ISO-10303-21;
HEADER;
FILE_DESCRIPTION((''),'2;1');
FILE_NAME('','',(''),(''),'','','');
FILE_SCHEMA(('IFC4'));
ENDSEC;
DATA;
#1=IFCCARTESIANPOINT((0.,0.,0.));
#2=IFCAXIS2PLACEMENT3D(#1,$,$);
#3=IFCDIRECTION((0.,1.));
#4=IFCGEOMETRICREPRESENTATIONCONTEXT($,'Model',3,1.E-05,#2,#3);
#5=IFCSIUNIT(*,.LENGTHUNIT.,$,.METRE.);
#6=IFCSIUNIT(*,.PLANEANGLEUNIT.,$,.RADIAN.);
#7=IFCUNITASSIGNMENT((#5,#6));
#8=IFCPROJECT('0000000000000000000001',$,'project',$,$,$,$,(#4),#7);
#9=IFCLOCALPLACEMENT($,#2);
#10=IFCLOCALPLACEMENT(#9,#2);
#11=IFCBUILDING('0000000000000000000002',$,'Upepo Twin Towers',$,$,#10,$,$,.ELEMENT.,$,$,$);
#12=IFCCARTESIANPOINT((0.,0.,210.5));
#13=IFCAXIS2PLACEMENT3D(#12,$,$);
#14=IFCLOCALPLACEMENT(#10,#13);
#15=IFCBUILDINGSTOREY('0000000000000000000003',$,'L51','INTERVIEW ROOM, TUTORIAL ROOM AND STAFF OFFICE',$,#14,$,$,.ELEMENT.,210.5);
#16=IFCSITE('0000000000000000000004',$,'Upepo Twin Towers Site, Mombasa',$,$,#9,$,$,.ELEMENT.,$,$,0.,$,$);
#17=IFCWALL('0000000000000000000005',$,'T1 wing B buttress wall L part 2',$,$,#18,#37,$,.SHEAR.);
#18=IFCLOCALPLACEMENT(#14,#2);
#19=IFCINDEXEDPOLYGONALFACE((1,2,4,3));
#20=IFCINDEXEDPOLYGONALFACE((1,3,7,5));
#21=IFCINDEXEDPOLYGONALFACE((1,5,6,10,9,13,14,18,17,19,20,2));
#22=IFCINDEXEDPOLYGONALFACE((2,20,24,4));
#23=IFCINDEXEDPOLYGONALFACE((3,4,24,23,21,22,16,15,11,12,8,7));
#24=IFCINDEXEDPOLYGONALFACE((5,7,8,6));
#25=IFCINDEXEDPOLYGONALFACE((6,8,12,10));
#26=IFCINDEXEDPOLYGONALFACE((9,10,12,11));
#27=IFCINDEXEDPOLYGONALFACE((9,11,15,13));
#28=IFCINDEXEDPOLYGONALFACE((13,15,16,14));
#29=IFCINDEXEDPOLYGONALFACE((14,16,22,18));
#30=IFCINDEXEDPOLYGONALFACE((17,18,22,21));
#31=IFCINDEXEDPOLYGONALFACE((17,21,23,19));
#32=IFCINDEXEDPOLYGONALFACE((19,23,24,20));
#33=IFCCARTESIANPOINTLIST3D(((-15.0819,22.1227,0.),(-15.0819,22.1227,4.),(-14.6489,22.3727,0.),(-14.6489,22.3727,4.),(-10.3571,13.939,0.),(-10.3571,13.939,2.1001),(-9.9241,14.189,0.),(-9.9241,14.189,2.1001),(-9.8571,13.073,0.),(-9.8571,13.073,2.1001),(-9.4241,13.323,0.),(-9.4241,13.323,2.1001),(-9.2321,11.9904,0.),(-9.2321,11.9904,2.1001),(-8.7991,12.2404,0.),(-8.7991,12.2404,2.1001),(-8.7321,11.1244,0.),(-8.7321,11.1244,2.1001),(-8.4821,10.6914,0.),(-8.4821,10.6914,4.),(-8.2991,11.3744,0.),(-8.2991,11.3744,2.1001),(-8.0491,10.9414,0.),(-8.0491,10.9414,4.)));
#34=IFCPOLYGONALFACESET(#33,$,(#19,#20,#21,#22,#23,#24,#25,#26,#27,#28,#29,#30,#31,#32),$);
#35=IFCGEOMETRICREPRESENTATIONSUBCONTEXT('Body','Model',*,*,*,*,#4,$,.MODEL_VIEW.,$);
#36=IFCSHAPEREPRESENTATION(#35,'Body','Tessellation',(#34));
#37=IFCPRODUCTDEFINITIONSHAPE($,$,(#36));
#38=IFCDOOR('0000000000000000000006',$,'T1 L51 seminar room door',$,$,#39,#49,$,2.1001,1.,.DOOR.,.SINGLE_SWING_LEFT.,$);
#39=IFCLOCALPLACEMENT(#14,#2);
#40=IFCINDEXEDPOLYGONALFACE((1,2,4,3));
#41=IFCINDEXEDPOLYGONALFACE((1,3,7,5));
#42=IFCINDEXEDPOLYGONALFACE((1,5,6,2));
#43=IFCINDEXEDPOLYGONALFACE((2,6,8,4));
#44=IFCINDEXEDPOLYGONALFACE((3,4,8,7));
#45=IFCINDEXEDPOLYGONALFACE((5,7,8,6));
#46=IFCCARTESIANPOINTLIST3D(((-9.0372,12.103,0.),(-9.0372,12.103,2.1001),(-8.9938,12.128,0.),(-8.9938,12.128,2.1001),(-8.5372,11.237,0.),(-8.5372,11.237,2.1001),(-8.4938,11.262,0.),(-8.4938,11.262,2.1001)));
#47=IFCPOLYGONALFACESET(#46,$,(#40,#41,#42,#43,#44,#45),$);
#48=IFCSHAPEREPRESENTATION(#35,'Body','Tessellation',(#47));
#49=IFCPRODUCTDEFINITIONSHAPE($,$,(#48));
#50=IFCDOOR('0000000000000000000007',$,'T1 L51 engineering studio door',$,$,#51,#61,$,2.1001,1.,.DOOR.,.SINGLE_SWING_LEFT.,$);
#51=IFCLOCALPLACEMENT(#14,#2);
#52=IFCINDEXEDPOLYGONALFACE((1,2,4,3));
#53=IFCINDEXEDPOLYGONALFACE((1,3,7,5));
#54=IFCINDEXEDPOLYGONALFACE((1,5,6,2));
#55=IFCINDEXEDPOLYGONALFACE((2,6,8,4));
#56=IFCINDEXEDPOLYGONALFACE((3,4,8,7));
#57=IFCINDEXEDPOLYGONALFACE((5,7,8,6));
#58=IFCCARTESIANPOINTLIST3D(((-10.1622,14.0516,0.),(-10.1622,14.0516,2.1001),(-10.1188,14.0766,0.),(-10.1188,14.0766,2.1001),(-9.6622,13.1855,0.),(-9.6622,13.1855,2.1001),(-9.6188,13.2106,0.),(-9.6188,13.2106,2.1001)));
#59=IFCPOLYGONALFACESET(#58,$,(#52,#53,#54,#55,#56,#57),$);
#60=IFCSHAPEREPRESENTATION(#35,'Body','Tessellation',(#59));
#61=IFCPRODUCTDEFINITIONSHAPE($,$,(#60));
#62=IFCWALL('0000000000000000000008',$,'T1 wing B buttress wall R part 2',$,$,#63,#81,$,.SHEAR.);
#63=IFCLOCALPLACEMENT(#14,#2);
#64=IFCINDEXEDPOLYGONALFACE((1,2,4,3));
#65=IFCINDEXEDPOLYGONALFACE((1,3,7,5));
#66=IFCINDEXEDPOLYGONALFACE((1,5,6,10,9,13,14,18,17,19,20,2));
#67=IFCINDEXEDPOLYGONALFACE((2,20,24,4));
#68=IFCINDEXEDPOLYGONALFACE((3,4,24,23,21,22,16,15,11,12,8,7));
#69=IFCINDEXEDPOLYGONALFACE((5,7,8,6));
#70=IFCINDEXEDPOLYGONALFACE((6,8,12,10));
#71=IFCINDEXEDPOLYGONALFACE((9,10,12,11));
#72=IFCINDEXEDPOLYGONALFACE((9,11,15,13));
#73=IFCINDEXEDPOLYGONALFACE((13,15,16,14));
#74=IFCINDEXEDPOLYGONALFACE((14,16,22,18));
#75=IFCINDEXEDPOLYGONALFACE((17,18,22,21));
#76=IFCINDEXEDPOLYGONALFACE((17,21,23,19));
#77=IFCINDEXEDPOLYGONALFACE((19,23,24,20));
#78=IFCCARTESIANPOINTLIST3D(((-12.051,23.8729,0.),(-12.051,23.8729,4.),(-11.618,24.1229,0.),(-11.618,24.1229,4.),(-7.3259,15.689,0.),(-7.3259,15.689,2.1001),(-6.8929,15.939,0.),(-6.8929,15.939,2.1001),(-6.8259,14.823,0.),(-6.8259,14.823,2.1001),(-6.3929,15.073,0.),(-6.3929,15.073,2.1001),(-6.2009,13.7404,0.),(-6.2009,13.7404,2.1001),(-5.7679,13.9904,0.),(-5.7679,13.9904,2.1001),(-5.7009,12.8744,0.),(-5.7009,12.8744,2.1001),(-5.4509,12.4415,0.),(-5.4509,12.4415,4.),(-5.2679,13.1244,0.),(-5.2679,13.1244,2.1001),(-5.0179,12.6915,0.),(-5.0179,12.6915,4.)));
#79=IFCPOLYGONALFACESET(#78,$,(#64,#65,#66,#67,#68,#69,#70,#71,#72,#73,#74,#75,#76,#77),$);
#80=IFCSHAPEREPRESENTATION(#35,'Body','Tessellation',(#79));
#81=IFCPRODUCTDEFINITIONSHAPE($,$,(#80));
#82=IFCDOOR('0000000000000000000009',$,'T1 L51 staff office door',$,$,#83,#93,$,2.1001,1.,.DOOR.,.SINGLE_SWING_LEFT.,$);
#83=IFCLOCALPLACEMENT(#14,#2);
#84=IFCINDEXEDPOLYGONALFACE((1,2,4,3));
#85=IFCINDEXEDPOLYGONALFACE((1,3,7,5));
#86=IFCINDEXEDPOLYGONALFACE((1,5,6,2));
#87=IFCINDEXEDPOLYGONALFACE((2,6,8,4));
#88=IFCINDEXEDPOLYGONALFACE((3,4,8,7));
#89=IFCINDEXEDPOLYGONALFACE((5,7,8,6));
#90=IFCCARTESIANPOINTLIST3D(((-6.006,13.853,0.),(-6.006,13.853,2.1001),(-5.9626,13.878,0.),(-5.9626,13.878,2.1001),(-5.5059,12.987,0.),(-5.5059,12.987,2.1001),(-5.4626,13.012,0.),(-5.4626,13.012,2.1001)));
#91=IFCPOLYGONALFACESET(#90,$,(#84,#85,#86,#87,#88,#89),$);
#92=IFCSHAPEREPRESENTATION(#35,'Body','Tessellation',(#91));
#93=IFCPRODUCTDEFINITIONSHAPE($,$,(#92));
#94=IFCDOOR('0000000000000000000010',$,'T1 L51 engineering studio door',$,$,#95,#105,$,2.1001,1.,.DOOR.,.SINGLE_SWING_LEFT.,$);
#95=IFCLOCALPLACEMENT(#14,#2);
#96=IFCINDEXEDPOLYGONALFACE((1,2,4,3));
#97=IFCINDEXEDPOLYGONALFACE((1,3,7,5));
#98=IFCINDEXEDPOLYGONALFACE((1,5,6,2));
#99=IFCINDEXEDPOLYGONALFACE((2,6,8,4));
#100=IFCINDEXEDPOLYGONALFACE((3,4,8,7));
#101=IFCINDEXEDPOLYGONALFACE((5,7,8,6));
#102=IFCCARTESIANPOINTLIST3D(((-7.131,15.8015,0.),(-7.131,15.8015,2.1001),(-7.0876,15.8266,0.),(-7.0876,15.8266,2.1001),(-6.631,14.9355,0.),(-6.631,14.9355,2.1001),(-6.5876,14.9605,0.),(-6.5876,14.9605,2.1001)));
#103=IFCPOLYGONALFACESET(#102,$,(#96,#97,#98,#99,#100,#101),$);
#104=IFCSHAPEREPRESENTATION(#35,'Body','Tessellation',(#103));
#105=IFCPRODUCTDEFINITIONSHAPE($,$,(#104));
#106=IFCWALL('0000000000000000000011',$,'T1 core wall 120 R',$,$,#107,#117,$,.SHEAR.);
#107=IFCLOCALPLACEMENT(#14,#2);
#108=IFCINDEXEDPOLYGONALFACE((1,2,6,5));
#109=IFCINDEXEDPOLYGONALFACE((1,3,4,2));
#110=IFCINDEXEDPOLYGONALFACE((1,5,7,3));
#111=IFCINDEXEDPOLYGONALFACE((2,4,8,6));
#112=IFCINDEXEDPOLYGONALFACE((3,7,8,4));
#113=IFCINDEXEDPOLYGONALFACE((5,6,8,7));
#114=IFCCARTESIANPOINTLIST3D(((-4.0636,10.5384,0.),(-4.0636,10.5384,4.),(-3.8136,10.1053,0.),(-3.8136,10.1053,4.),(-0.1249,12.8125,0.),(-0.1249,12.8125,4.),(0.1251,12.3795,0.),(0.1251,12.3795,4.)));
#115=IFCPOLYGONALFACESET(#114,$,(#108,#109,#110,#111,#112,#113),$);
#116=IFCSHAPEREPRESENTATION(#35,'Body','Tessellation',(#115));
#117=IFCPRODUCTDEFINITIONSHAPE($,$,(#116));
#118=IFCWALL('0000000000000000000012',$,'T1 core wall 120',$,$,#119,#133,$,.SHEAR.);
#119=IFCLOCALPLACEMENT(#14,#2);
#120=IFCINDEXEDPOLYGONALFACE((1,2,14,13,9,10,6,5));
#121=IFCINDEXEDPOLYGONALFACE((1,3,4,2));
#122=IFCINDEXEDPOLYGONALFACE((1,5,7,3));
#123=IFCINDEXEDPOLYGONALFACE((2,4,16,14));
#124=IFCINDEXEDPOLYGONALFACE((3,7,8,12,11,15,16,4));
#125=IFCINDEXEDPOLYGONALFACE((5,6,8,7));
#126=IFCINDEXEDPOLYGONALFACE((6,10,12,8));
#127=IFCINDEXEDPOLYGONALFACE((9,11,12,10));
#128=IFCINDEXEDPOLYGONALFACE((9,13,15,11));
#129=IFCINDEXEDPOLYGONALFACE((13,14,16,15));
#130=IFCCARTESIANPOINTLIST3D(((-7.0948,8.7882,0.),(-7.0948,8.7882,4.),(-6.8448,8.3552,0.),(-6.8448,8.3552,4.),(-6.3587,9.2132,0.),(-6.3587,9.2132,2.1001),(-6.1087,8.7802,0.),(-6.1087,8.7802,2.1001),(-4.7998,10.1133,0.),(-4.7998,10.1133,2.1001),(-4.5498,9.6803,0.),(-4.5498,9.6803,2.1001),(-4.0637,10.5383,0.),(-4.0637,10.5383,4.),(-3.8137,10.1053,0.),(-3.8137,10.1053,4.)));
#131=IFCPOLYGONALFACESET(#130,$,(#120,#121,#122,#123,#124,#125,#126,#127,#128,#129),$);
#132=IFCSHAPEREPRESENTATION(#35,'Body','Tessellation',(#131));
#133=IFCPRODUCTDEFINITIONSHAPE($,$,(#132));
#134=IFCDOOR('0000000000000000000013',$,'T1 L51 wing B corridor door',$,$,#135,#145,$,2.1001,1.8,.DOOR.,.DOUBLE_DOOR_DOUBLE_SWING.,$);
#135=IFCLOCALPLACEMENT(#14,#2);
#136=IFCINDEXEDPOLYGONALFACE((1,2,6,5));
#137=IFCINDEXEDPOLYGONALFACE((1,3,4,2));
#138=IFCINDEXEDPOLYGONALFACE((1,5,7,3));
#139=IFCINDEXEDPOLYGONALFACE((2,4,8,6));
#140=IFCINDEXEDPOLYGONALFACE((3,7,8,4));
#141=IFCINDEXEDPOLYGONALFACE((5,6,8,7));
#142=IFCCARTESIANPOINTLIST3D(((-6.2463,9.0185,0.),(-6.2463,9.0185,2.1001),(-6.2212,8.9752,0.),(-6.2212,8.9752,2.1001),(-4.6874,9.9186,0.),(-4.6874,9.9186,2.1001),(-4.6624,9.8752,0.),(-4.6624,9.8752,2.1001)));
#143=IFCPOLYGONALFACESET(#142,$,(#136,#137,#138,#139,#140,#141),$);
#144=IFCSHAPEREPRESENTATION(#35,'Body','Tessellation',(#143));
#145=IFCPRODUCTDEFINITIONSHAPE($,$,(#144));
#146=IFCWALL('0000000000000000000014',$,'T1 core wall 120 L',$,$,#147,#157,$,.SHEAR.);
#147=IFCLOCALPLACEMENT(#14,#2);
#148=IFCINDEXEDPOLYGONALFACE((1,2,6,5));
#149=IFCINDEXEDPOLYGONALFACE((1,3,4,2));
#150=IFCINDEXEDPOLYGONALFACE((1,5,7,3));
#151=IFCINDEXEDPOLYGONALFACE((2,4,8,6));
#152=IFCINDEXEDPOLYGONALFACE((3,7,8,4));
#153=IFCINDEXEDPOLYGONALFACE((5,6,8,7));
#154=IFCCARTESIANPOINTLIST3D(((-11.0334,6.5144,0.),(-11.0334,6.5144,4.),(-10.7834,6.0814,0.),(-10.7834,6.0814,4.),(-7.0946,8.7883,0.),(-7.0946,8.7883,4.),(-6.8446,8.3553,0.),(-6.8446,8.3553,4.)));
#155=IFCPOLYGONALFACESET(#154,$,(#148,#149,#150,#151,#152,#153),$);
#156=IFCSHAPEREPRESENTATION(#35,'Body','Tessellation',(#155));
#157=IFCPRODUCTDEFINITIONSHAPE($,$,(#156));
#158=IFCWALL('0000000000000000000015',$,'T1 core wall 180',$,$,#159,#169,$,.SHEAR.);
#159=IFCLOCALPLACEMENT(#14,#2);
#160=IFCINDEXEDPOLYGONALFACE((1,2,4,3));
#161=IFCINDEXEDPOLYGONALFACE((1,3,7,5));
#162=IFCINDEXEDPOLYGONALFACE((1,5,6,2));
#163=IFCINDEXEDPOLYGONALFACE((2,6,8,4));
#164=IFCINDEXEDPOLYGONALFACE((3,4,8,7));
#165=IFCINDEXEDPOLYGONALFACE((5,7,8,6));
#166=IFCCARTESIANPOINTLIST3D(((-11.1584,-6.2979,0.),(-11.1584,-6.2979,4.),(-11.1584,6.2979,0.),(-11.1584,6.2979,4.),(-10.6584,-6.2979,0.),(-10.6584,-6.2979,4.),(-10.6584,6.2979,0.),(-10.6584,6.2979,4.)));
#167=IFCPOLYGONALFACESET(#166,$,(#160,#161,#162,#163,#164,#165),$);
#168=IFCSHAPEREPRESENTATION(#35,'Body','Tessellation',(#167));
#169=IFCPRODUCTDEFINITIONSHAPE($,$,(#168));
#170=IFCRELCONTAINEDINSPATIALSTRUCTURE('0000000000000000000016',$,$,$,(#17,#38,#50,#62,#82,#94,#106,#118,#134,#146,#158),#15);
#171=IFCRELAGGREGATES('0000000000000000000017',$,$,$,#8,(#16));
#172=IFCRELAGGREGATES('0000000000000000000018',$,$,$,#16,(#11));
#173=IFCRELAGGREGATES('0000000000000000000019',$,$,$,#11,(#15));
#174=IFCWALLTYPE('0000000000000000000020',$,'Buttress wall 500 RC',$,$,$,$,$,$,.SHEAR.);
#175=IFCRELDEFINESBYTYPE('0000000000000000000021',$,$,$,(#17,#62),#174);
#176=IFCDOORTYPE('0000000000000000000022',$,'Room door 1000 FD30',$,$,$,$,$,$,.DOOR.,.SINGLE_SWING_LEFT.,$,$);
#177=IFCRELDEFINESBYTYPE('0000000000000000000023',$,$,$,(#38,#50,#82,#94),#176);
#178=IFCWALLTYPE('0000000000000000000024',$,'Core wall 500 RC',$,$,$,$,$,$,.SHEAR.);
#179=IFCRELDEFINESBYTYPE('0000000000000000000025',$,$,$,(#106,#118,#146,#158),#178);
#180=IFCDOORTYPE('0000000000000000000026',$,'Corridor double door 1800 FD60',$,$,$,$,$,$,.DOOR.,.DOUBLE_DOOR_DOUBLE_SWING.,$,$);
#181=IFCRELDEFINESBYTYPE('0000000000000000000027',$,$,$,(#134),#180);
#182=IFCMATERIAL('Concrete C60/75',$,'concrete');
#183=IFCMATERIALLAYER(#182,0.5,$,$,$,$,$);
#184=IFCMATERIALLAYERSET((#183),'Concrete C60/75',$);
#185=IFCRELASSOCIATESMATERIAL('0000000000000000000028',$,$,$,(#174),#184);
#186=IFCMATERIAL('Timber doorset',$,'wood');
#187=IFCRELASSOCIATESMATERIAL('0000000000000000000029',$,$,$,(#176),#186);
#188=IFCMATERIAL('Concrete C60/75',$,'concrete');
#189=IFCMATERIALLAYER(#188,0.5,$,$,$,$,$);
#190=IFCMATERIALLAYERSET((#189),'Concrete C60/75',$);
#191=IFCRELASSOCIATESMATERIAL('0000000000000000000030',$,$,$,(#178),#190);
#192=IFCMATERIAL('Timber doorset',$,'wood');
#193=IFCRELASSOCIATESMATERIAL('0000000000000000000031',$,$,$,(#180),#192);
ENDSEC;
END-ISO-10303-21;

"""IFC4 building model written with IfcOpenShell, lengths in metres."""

from ifc_helpers import new_model, si_unit, direction, frame, frame_2d, origin, place, context, subcontext, project, spatial, rectangle, extrude, material, layer, layer_set, type_object, element, fill, save


model = new_model("IFC4")

# Units and contexts
model_context = context("Model", 3, precision=1e-05, world=origin(), true_north=direction((0.0, 1.0)))
body_context = subcontext(model_context, "Body", "Model", "MODEL_VIEW")
ifc_project = project(units=[si_unit("LENGTHUNIT", "METRE"), si_unit("PLANEANGLEUNIT", "RADIAN")], contexts=[model_context])

# Site, building, storey
site_placement = place(None, origin())
site = spatial("IfcSite", under=ifc_project, at=site_placement, Name="Upepo Twin Towers Site, Mombasa", CompositionType="ELEMENT", RefElevation=0.0)
building_placement = place(site_placement, origin())
building = spatial("IfcBuilding", under=site, at=building_placement, Name="Upepo Twin Towers", CompositionType="ELEMENT")
storey_placement = place(building_placement, frame((0.0, 0.0, 210.5)))
storey = spatial("IfcBuildingStorey", under=building, at=storey_placement, Name="L51", Description="INTERVIEW ROOM, TUTORIAL ROOM AND STAFF OFFICE", CompositionType="ELEMENT", Elevation=210.5)

# Walls, openings, doors
ifc_material_1 = material(Name="Concrete C60/75", Category="concrete")
ifc_layer_1 = layer(ifc_material_1, 0.5)
ifc_layer_set_1 = layer_set([ifc_layer_1], Name="Concrete C60/75")
wall_type_1 = type_object("IfcWallType", Name="Buttress wall 500 RC", PredefinedType="SHEAR", material=ifc_layer_set_1)
wall_1_placement = place(storey_placement, frame((-8.2656, 10.8164, 0.0), z_axis=(0.0, 0.0, 1.0), x_axis=(-0.499996, 0.866028, 0.0)))
wall_1 = element("IfcWall", 1, at=wall_1_placement, inside=storey, type_object=wall_type_1, Name="T1 wing B buttress wall L part 2", PredefinedType="SHEAR", context=body_context, shape_type="SweptSolid", body=[
    extrude(rectangle(XDim=13.1997, YDim=0.5, at=frame_2d((6.5999, 0.0))), origin(), (0.0, 0.0, 1.0), 4.0),
])
opening_1_placement = place(wall_1_placement, frame((0.5, 0.0, 0.0)))
opening_1 = element("IfcOpeningElement", 2, at=opening_1_placement, cuts=wall_1, PredefinedType="OPENING", context=body_context, shape_type="SweptSolid", body=[
    extrude(rectangle(XDim=1.0, YDim=2.1001, at=frame_2d((0.5, 1.05))), frame((0.0, 0.26, 0.0), z_axis=(0.0, -1.0, 0.0), x_axis=(1.0, 0.0, 0.0)), (0.0, 0.0, 1.0), 0.52),
])
opening_2_placement = place(wall_1_placement, frame((2.75, 0.0, 0.0)))
opening_2 = element("IfcOpeningElement", 3, at=opening_2_placement, cuts=wall_1, PredefinedType="OPENING", context=body_context, shape_type="SweptSolid", body=[
    extrude(rectangle(XDim=1.0, YDim=2.1001, at=frame_2d((0.5, 1.05))), frame((0.0, 0.26, 0.0), z_axis=(0.0, -1.0, 0.0), x_axis=(1.0, 0.0, 0.0)), (0.0, 0.0, 1.0), 0.52),
])
ifc_material_2 = material(Name="Timber doorset", Category="wood")
door_type_1 = type_object("IfcDoorType", Name="Room door 1000 FD30", OperationType="SINGLE_SWING_LEFT", PredefinedType="DOOR", material=ifc_material_2)
door_1_placement = place(opening_1_placement, origin())
door_1 = element("IfcDoor", 4, at=door_1_placement, inside=storey, type_object=door_type_1, Name="T1 L51 seminar room door", OperationType="SINGLE_SWING_LEFT", OverallHeight=2.1001, OverallWidth=1.0, PredefinedType="DOOR", context=body_context, shape_type="SweptSolid", body=[
    extrude(rectangle(XDim=1.0, YDim=2.1001, at=frame_2d((0.5, 1.05))), frame((0.0, 0.0249, 0.0), z_axis=(0.0, -1.0, 0.0), x_axis=(1.0, 0.0, 0.0)), (0.0, 0.0, 1.0), 0.05),
])
fill(opening_1, door_1)
door_2_placement = place(opening_2_placement, origin())
door_2 = element("IfcDoor", 5, at=door_2_placement, inside=storey, type_object=door_type_1, Name="T1 L51 engineering studio door", OperationType="SINGLE_SWING_LEFT", OverallHeight=2.1001, OverallWidth=1.0, PredefinedType="DOOR", context=body_context, shape_type="SweptSolid", body=[
    extrude(rectangle(XDim=1.0, YDim=2.1001, at=frame_2d((0.5, 1.05))), frame((0.0, 0.0249, 0.0), z_axis=(0.0, -1.0, 0.0), x_axis=(1.0, 0.0, 0.0)), (0.0, 0.0, 1.0), 0.05),
])
fill(opening_2, door_2)
wall_2_placement = place(storey_placement, frame((-5.2344, 12.5664, 0.0), z_axis=(0.0, 0.0, 1.0), x_axis=(-0.50001, 0.86602, 0.0)))
wall_2 = element("IfcWall", 6, at=wall_2_placement, inside=storey, type_object=wall_type_1, Name="T1 wing B buttress wall R part 2", PredefinedType="SHEAR", context=body_context, shape_type="SweptSolid", body=[
    extrude(rectangle(XDim=13.2, YDim=0.5, at=frame_2d((6.6001, 0.0))), origin(), (0.0, 0.0, 1.0), 4.0),
])
opening_3_placement = place(wall_2_placement, frame((0.5, 0.0, 0.0)))
opening_3 = element("IfcOpeningElement", 7, at=opening_3_placement, cuts=wall_2, PredefinedType="OPENING", context=body_context, shape_type="SweptSolid", body=[
    extrude(rectangle(XDim=1.0, YDim=2.1001, at=frame_2d((0.5, 1.05))), frame((0.0, 0.26, 0.0), z_axis=(0.0, -1.0, 0.0), x_axis=(1.0, 0.0, 0.0)), (0.0, 0.0, 1.0), 0.52),
])
opening_4_placement = place(wall_2_placement, frame((2.75, 0.0, 0.0)))
opening_4 = element("IfcOpeningElement", 8, at=opening_4_placement, cuts=wall_2, PredefinedType="OPENING", context=body_context, shape_type="SweptSolid", body=[
    extrude(rectangle(XDim=1.0, YDim=2.1001, at=frame_2d((0.5, 1.05))), frame((0.0, 0.26, 0.0), z_axis=(0.0, -1.0, 0.0), x_axis=(1.0, 0.0, 0.0)), (0.0, 0.0, 1.0), 0.52),
])
door_3_placement = place(opening_3_placement, origin())
door_3 = element("IfcDoor", 9, at=door_3_placement, inside=storey, type_object=door_type_1, Name="T1 L51 staff office door", OperationType="SINGLE_SWING_LEFT", OverallHeight=2.1001, OverallWidth=1.0, PredefinedType="DOOR", context=body_context, shape_type="SweptSolid", body=[
    extrude(rectangle(XDim=1.0, YDim=2.1001, at=frame_2d((0.5, 1.05))), frame((0.0, 0.0249, 0.0), z_axis=(0.0, -1.0, 0.0), x_axis=(1.0, 0.0, 0.0)), (0.0, 0.0, 1.0), 0.05),
])
fill(opening_3, door_3)
door_4_placement = place(opening_4_placement, origin())
door_4 = element("IfcDoor", 10, at=door_4_placement, inside=storey, type_object=door_type_1, Name="T1 L51 engineering studio door", OperationType="SINGLE_SWING_LEFT", OverallHeight=2.1001, OverallWidth=1.0, PredefinedType="DOOR", context=body_context, shape_type="SweptSolid", body=[
    extrude(rectangle(XDim=1.0, YDim=2.1001, at=frame_2d((0.5, 1.05))), frame((0.0, 0.0249, 0.0), z_axis=(0.0, -1.0, 0.0), x_axis=(1.0, 0.0, 0.0)), (0.0, 0.0, 1.0), 0.05),
])
fill(opening_4, door_4)

# Wall
ifc_material_3 = material(Name="Concrete C60/75", Category="concrete")
ifc_layer_2 = layer(ifc_material_3, 0.5)
ifc_layer_set_2 = layer_set([ifc_layer_2], Name="Concrete C60/75")
wall_type_2 = type_object("IfcWallType", Name="Core wall 500 RC", PredefinedType="SHEAR", material=ifc_layer_set_2)
wall_3_placement = place(storey_placement, frame((0.0, 12.5959, 0.0), z_axis=(0.0, 0.0, 1.0), x_axis=(-0.866011, -0.500024, 0.0)))
element("IfcWall", 11, at=wall_3_placement, inside=storey, type_object=wall_type_2, Name="T1 core wall 120 R", PredefinedType="SHEAR", context=body_context, shape_type="SweptSolid", body=[
    extrude(rectangle(XDim=4.5481, YDim=0.5, at=frame_2d((2.2739, 0.0))), origin(), (0.0, 0.0, 1.0), 4.0),
])

# Wall, opening, door
wall_4_placement = place(storey_placement, frame((-3.9387, 10.3218, 0.0), z_axis=(0.0, 0.0, 1.0), x_axis=(-0.866019, -0.50001, 0.0)))
wall_4 = element("IfcWall", 12, at=wall_4_placement, inside=storey, type_object=wall_type_2, Name="T1 core wall 120", PredefinedType="SHEAR", context=body_context, shape_type="SweptSolid", body=[
    extrude(rectangle(XDim=3.5, YDim=0.5, at=frame_2d((1.75, 0.0))), origin(), (0.0, 0.0, 1.0), 4.0),
])
opening_5_placement = place(wall_4_placement, frame((0.8501, 0.0, 0.0)))
opening_5 = element("IfcOpeningElement", 13, at=opening_5_placement, cuts=wall_4, PredefinedType="OPENING", context=body_context, shape_type="SweptSolid", body=[
    extrude(rectangle(XDim=1.8, YDim=2.1001, at=frame_2d((0.8999, 1.05))), frame((0.0, 0.26, 0.0), z_axis=(0.0, -1.0, 0.0), x_axis=(1.0, 0.0, 0.0)), (0.0, 0.0, 1.0), 0.52),
])
ifc_material_4 = material(Name="Timber doorset", Category="wood")
door_type_2 = type_object("IfcDoorType", Name="Corridor double door 1800 FD60", OperationType="DOUBLE_DOOR_DOUBLE_SWING", PredefinedType="DOOR", material=ifc_material_4)
door_5_placement = place(opening_5_placement, origin())
door_5 = element("IfcDoor", 14, at=door_5_placement, inside=storey, type_object=door_type_2, Name="T1 L51 wing B corridor door", OperationType="DOUBLE_DOOR_DOUBLE_SWING", OverallHeight=2.1001, OverallWidth=1.8, PredefinedType="DOOR", context=body_context, shape_type="SweptSolid", body=[
    extrude(rectangle(XDim=1.8, YDim=2.1001, at=frame_2d((0.8999, 1.05))), frame((0.0, 0.0249, 0.0), z_axis=(0.0, -1.0, 0.0), x_axis=(1.0, 0.0, 0.0)), (0.0, 0.0, 1.0), 0.05),
])
fill(opening_5, door_5)

# Walls
wall_5_placement = place(storey_placement, frame((-6.9697, 8.5718, 0.0), z_axis=(0.0, 0.0, 1.0), x_axis=(-0.866035, -0.499984, 0.0)))
element("IfcWall", 15, at=wall_5_placement, inside=storey, type_object=wall_type_2, Name="T1 core wall 120 L", PredefinedType="SHEAR", context=body_context, shape_type="SweptSolid", body=[
    extrude(rectangle(XDim=4.5481, YDim=0.5, at=frame_2d((2.2739, 0.0))), origin(), (0.0, 0.0, 1.0), 4.0),
])
wall_6_placement = place(storey_placement, frame((-10.9084, 6.2979, 0.0), z_axis=(0.0, 0.0, 1.0), x_axis=(0.0, -1.0, 0.0)))
element("IfcWall", 16, at=wall_6_placement, inside=storey, type_object=wall_type_2, Name="T1 core wall 180", PredefinedType="SHEAR", context=body_context, shape_type="SweptSolid", body=[
    extrude(rectangle(XDim=12.5957, YDim=0.5, at=frame_2d((6.2979, 0.0))), origin(), (0.0, 0.0, 1.0), 4.0),
])

save(model, "model.ifc")
